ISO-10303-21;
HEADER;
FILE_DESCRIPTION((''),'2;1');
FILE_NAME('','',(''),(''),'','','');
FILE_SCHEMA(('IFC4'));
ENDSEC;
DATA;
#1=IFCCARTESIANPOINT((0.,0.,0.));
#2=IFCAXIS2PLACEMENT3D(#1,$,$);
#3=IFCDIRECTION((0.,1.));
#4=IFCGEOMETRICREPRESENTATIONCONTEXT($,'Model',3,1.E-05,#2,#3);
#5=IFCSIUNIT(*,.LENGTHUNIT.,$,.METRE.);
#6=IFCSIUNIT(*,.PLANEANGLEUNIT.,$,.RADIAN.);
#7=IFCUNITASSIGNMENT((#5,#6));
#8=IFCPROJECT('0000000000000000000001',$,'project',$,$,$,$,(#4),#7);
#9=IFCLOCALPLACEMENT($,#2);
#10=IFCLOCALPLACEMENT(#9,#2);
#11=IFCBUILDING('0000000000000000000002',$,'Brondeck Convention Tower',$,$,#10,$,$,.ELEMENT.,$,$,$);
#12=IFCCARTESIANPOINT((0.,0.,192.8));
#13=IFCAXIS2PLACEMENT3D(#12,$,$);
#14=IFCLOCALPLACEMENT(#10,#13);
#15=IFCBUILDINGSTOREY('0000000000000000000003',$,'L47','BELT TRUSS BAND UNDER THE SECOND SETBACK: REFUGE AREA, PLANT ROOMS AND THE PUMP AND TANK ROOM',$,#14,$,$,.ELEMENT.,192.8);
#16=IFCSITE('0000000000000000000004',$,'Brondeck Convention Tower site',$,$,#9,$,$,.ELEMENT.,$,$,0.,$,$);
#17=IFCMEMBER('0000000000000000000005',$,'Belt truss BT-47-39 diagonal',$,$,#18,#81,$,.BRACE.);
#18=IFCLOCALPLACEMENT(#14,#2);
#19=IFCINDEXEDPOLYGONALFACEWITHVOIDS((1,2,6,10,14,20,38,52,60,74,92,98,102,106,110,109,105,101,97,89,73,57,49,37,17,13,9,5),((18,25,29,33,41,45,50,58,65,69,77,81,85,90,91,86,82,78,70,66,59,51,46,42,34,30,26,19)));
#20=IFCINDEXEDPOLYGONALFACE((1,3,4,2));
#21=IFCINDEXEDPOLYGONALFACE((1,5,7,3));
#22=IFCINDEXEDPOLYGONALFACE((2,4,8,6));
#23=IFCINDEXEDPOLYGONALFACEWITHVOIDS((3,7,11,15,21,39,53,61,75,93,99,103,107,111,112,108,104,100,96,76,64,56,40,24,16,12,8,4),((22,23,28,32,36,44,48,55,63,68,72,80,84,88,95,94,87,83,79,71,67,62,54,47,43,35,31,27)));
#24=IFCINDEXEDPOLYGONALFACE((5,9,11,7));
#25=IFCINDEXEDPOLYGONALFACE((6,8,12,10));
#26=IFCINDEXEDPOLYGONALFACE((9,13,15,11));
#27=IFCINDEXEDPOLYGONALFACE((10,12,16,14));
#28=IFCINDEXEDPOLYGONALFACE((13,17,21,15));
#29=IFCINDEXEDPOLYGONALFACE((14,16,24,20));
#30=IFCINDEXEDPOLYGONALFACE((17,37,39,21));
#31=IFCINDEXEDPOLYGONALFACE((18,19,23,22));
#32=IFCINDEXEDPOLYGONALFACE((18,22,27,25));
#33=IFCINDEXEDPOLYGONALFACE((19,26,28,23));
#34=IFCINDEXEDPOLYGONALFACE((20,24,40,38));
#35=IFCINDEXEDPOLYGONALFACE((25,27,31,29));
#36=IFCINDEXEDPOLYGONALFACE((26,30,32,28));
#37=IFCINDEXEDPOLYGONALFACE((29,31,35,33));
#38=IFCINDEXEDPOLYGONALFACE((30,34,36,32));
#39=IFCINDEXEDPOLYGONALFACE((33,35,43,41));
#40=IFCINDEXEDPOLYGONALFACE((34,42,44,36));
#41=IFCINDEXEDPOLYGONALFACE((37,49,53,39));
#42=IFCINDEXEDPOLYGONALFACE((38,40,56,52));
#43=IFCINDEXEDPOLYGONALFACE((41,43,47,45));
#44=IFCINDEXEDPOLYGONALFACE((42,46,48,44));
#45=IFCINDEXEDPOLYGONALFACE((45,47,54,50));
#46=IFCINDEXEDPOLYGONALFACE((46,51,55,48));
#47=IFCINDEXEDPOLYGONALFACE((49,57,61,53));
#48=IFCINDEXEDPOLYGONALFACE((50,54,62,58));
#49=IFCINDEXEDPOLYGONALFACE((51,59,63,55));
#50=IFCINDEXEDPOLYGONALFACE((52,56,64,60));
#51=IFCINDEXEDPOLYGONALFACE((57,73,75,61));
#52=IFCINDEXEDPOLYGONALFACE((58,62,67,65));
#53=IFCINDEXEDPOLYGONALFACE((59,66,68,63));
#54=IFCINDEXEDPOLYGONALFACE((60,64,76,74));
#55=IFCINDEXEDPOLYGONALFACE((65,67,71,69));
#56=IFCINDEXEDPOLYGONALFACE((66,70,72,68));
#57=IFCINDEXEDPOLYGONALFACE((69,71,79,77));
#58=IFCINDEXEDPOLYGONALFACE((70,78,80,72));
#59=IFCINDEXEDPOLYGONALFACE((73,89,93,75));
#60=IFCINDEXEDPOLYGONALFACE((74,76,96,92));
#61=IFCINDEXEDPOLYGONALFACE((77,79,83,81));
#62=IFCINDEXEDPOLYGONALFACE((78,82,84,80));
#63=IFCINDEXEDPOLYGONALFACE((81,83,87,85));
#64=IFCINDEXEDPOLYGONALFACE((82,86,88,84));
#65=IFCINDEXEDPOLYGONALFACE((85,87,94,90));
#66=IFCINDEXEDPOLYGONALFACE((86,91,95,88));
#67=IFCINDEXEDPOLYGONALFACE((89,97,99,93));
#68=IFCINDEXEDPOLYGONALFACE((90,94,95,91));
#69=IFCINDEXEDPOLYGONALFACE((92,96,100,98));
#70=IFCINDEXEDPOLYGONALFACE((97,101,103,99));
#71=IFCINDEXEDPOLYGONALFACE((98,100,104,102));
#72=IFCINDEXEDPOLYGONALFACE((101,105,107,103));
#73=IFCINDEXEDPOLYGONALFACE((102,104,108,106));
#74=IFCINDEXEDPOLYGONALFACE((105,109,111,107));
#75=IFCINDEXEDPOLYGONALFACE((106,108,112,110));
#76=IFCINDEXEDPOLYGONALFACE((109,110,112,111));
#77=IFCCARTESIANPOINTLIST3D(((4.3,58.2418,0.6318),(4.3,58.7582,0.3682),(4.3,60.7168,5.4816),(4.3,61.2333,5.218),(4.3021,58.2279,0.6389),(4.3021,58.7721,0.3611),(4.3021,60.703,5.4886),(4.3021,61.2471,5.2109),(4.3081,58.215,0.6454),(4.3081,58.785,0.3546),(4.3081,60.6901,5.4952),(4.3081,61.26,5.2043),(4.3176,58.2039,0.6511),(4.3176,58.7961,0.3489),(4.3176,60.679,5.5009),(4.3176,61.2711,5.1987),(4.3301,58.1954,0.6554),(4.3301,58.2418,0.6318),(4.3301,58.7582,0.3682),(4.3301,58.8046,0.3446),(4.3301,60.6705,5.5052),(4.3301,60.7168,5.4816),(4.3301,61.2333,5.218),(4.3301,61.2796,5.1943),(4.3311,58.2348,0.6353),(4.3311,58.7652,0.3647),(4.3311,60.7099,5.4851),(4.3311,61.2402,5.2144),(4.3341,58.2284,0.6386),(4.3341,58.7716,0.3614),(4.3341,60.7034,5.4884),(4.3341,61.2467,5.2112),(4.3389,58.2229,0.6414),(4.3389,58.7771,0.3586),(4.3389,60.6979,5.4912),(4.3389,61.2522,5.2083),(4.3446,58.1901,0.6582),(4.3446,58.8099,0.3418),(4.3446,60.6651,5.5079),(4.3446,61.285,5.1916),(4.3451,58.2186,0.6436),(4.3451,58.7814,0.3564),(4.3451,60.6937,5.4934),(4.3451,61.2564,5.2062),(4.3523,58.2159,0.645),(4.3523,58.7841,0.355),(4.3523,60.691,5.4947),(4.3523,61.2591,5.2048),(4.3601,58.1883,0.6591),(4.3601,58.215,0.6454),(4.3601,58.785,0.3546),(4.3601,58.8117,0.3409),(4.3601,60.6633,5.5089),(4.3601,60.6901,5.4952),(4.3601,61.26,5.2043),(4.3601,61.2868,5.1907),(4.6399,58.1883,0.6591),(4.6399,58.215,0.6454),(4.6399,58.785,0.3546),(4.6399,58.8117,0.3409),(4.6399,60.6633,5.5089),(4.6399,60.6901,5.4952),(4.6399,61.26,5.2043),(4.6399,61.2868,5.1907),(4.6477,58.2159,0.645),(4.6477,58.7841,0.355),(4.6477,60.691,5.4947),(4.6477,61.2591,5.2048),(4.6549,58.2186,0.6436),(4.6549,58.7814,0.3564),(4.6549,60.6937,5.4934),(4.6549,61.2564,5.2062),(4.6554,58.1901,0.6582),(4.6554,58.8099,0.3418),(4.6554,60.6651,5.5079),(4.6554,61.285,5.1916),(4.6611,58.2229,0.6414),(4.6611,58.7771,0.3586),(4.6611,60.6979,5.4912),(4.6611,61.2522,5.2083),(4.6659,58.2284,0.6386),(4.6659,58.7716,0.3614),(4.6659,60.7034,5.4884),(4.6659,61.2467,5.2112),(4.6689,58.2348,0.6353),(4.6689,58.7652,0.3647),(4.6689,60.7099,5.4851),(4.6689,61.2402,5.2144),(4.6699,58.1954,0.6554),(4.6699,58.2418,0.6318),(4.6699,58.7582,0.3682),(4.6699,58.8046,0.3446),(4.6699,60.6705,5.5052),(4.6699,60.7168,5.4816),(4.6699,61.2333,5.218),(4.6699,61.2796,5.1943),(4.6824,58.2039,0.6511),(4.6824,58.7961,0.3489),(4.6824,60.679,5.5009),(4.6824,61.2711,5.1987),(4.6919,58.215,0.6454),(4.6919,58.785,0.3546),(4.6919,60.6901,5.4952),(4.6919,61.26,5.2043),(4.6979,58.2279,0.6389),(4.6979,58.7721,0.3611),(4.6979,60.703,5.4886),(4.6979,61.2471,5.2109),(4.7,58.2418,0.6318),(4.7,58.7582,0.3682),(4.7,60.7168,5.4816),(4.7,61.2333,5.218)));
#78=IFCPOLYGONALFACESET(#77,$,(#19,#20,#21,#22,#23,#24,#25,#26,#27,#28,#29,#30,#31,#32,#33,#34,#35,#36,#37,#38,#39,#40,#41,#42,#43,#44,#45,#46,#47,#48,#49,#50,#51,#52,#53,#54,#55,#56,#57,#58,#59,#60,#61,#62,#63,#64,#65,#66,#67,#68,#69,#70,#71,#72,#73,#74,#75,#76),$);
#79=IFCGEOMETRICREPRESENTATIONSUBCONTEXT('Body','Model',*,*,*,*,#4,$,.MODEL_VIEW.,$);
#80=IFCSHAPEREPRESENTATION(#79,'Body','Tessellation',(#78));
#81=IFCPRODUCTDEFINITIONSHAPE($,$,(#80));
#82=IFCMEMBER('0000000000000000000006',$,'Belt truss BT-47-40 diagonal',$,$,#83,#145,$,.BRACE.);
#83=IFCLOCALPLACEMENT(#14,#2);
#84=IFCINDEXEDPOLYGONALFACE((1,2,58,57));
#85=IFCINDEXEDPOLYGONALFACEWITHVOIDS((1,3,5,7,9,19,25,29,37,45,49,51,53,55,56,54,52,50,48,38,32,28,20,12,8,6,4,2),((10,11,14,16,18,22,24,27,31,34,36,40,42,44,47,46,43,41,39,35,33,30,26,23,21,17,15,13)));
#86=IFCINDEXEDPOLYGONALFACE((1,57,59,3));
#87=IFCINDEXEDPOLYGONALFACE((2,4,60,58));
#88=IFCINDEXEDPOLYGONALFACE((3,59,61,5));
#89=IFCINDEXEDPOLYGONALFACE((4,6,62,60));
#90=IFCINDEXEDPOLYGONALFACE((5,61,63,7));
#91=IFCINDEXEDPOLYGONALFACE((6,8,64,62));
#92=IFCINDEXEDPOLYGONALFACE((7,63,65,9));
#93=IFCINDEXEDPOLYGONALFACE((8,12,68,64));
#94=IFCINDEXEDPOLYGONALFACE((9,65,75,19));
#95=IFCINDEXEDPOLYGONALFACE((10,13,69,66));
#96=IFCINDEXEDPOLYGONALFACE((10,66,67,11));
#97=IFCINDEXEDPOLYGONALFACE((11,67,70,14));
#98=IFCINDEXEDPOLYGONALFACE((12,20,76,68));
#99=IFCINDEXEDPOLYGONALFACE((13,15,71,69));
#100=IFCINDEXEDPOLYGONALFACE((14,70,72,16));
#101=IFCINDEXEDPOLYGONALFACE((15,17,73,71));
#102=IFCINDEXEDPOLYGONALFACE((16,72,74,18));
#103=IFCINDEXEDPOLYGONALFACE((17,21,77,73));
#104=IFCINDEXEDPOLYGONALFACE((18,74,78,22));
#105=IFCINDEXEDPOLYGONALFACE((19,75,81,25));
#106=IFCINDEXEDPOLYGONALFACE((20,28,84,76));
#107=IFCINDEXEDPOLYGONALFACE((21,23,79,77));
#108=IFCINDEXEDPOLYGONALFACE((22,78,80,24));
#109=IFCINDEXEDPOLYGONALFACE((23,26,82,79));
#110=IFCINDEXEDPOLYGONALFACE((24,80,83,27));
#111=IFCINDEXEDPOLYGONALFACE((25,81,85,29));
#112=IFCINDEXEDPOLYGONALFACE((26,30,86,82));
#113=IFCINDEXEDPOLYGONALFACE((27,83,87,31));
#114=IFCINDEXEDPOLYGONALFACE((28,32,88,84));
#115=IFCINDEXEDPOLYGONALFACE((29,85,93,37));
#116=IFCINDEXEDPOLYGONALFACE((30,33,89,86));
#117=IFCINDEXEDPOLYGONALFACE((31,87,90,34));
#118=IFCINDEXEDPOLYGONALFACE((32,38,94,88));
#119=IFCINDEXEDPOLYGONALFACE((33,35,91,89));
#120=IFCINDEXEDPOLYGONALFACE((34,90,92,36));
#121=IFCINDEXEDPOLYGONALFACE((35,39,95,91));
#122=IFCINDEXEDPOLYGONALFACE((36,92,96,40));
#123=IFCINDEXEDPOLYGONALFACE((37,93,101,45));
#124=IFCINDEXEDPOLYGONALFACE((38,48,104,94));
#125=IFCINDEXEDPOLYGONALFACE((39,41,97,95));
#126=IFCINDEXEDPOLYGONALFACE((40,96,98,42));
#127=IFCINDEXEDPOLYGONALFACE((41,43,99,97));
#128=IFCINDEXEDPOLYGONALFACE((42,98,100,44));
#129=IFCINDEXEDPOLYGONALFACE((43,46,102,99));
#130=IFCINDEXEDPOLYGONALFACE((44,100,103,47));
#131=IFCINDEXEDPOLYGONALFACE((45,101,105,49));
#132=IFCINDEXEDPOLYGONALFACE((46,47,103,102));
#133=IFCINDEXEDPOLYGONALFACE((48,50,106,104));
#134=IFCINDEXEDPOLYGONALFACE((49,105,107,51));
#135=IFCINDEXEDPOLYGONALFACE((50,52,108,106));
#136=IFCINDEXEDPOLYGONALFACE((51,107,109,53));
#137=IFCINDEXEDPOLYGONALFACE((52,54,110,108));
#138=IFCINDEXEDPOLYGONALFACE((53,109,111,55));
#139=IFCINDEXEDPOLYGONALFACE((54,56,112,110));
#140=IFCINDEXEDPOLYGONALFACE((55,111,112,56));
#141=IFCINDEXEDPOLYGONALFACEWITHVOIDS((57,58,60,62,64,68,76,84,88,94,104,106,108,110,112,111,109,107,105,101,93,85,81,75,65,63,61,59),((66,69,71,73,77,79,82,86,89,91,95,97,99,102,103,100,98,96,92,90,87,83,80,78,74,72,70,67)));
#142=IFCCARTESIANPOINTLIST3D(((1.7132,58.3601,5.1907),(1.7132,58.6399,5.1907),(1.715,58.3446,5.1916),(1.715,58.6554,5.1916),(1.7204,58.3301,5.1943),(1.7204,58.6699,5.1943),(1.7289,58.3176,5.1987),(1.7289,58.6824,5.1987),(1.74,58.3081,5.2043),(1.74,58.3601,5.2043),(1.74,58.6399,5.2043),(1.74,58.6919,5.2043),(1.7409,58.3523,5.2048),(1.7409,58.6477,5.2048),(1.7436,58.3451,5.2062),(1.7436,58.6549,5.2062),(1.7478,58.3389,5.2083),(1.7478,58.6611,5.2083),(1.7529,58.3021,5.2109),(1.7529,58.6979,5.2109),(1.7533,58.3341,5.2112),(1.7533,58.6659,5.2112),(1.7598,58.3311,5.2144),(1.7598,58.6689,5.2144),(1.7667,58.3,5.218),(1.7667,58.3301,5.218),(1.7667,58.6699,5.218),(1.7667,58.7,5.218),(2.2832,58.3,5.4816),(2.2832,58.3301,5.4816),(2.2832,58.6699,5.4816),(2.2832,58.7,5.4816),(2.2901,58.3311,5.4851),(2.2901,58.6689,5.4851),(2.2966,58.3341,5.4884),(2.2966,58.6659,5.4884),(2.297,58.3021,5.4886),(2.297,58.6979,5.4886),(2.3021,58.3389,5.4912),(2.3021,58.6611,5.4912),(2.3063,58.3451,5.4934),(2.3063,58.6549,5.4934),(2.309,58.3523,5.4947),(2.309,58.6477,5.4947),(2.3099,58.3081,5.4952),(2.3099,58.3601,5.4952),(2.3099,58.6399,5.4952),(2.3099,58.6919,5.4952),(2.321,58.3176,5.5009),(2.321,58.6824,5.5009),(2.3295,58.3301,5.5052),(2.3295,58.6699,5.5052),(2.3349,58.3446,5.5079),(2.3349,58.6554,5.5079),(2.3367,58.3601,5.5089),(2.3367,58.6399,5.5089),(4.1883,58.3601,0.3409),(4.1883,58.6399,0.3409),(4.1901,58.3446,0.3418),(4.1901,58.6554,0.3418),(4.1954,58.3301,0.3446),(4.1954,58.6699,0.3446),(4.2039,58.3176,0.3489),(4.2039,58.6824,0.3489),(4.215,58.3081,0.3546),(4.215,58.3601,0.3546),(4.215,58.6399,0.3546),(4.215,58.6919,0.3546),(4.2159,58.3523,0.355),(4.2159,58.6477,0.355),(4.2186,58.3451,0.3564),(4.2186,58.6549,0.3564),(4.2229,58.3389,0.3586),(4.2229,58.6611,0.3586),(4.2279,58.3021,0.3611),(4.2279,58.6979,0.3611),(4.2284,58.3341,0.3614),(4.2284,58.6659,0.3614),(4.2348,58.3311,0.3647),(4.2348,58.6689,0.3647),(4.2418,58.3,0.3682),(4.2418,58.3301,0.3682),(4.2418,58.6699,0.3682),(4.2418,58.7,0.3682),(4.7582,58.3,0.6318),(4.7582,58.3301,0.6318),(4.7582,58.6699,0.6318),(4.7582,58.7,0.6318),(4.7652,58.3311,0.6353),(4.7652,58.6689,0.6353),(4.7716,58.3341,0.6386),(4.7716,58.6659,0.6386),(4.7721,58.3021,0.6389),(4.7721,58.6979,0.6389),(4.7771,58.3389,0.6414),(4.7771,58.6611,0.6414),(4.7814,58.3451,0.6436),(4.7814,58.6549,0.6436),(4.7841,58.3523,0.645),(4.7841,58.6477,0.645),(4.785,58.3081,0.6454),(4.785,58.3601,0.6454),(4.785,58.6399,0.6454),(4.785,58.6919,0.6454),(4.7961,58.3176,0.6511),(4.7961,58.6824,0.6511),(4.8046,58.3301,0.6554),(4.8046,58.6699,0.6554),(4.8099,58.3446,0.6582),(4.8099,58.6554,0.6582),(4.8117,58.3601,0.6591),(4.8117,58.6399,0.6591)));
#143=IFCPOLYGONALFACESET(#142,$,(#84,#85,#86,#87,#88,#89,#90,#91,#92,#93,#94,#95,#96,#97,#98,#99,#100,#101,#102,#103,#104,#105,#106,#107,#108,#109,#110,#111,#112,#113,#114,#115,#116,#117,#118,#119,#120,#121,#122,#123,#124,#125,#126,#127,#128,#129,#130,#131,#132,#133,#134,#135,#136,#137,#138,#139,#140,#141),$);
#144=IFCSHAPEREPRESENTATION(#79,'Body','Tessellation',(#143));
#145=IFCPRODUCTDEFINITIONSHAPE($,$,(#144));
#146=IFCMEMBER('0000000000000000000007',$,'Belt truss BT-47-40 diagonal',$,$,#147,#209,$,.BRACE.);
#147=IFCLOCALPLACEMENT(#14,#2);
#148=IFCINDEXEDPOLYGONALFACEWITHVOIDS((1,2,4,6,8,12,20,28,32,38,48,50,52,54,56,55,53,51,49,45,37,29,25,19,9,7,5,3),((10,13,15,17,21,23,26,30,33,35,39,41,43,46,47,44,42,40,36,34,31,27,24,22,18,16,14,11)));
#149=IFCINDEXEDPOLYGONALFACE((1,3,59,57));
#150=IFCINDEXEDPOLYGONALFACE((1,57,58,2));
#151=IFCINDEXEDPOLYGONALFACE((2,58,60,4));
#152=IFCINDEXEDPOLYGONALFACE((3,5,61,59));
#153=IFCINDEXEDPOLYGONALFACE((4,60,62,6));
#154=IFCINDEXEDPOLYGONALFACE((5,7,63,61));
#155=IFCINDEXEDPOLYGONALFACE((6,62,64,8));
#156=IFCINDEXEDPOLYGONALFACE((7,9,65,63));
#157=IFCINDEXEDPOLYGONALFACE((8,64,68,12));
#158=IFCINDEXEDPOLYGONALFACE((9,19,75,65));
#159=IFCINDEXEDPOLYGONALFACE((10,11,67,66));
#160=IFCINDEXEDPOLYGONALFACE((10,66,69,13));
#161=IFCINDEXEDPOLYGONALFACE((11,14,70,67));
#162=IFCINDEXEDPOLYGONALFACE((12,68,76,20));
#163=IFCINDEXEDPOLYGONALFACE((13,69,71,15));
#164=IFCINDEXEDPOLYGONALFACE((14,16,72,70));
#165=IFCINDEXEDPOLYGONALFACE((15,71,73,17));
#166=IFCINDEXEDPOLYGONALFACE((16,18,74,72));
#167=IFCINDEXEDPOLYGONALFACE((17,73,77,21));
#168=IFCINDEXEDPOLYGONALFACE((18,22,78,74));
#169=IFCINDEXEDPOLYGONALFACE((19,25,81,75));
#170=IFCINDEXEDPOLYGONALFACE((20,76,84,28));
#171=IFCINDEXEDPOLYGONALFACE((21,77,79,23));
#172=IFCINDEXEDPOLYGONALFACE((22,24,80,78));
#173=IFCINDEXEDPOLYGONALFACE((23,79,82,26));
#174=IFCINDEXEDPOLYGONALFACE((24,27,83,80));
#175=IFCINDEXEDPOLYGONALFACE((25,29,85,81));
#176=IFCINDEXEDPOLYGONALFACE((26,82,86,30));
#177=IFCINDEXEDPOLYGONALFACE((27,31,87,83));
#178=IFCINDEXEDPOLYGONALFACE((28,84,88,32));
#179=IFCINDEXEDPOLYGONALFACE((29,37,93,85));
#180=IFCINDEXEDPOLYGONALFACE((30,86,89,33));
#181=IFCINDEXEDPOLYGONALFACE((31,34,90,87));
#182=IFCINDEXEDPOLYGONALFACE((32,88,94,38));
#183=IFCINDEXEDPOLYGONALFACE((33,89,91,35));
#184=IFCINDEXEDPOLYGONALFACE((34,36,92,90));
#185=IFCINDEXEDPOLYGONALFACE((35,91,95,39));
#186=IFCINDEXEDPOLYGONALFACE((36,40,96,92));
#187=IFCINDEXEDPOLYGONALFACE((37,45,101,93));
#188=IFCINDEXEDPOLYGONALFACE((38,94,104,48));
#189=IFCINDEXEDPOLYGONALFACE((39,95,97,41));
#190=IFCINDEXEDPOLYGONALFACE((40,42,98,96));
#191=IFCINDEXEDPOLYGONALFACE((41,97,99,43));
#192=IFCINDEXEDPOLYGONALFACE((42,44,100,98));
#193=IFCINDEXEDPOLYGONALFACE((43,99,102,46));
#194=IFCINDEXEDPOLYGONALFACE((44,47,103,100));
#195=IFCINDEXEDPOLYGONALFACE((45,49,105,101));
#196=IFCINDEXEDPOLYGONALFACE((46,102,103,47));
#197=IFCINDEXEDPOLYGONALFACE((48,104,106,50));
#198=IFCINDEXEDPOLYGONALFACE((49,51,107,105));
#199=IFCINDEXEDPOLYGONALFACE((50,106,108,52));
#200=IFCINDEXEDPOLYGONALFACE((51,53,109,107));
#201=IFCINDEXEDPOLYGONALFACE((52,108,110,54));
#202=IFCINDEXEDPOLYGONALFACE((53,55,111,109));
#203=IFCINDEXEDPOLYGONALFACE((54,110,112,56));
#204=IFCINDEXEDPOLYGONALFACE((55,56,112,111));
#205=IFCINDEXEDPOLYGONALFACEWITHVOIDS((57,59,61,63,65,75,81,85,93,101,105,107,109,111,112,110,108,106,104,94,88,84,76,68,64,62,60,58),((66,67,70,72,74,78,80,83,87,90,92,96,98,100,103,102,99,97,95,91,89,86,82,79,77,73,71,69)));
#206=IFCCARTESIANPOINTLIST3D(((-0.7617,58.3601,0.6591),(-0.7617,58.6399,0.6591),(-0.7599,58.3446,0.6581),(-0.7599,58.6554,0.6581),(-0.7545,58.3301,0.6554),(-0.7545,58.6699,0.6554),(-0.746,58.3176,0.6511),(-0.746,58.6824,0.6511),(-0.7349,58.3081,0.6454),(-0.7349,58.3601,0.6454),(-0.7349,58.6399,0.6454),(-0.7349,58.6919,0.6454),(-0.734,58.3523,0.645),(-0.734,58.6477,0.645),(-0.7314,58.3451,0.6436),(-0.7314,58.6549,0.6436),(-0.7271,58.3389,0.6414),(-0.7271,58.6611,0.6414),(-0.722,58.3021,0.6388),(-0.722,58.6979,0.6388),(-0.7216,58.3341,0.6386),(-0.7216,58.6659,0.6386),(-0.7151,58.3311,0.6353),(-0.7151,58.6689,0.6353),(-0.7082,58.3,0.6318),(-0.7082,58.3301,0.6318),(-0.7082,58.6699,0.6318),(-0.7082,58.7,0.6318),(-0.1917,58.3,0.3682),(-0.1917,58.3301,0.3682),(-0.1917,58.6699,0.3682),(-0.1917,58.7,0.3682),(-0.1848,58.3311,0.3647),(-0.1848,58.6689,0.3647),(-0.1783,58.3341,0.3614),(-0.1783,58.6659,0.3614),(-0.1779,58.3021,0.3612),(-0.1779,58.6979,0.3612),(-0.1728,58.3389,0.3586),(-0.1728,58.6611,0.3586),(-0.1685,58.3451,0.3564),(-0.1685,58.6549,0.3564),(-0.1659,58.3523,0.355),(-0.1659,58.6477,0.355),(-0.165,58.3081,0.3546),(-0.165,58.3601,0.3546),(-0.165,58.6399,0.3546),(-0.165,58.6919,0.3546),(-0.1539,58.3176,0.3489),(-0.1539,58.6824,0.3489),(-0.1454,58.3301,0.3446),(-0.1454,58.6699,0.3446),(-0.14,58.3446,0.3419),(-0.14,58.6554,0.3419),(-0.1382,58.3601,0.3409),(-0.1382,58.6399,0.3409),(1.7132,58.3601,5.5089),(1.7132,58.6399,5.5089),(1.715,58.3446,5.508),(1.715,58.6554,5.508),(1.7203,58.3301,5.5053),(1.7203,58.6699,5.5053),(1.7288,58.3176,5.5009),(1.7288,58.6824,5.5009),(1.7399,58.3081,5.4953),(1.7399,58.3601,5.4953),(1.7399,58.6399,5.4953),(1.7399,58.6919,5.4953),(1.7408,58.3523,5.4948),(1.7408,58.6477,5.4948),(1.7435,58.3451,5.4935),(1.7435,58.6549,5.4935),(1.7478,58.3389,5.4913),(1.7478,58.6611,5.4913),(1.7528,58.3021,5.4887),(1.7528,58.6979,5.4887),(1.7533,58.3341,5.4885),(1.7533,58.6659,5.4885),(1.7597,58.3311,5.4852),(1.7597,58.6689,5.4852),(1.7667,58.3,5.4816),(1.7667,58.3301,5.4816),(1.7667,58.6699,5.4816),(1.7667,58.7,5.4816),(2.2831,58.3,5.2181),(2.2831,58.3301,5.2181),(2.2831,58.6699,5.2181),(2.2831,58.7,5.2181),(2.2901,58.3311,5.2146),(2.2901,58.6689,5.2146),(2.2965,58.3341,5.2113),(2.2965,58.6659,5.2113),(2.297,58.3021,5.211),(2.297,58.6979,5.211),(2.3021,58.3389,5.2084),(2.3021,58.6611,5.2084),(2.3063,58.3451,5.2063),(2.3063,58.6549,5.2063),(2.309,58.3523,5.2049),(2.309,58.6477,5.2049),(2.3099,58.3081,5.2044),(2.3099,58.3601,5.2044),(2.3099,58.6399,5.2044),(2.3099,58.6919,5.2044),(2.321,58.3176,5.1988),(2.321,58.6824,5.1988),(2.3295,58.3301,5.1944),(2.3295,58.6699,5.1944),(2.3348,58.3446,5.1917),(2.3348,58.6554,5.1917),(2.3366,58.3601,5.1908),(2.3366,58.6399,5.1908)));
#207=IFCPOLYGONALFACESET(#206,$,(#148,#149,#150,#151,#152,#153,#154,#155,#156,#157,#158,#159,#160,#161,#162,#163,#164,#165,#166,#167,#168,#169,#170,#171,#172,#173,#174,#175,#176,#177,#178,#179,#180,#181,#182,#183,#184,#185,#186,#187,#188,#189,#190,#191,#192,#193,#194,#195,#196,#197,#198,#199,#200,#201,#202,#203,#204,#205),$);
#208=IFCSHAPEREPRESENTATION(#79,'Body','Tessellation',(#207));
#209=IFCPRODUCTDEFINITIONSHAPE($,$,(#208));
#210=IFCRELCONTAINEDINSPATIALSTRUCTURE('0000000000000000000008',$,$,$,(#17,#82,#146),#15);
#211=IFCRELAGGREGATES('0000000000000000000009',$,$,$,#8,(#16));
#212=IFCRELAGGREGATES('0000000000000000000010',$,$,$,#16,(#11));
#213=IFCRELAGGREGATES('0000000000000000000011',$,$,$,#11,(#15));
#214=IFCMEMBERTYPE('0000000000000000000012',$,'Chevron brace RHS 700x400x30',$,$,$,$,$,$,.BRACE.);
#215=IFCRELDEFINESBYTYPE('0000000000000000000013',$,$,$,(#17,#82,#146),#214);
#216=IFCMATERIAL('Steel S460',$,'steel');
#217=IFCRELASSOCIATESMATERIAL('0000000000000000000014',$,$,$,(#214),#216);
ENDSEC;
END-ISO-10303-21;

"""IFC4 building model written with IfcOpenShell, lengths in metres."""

from ifc_helpers import new_model, si_unit, direction, frame, origin, origin_2d, place, context, subcontext, project, spatial, hollow_rectangle, extrude, material, material_profile, profile_set, type_object, element, save


model = new_model("IFC4")

# Units and contexts
model_context = context("Model", 3, precision=1e-05, world=origin(), true_north=direction((0.0, 1.0)))
body_context = subcontext(model_context, "Body", "Model", "MODEL_VIEW")
ifc_project = project(units=[si_unit("LENGTHUNIT", "METRE"), si_unit("PLANEANGLEUNIT", "RADIAN")], contexts=[model_context])

# Site, building, storey
site_placement = place(None, origin())
site = spatial("IfcSite", under=ifc_project, at=site_placement, Name="Brondeck Convention Tower site", CompositionType="ELEMENT", RefElevation=0.0)
building_placement = place(site_placement, origin())
building = spatial("IfcBuilding", under=site, at=building_placement, Name="Brondeck Convention Tower", CompositionType="ELEMENT")
storey_placement = place(building_placement, frame((0.0, 0.0, 192.8)))
storey = spatial("IfcBuildingStorey", under=building, at=storey_placement, Name="L47", Description="BELT TRUSS BAND UNDER THE SECOND SETBACK: REFUGE AREA, PLANT ROOMS AND THE PUMP AND TANK ROOM", CompositionType="ELEMENT", Elevation=192.8)

# Members
ifc_material_1 = material(Name="Steel S460", Category="steel")
ifc_material_profile_1 = material_profile(ifc_material_1, hollow_rectangle(XDim=0.3999, YDim=0.7, WallThickness=0.03, InnerFilletRadius=0.03, OuterFilletRadius=0.0601, at=origin_2d()), Name="RHS 700x400x30")
ifc_profile_set_1 = profile_set([ifc_material_profile_1], Name="Steel S460")
member_type_1 = type_object("IfcMemberType", Name="Chevron brace RHS 700x400x30", PredefinedType="BRACE", material=ifc_profile_set_1)
for number, where, z_axis, x_axis, name in (
    (1, (4.5, 58.5, 0.5), (0.0, 0.45457, 0.890711), (-1.0, 0.0, 0.0), "Belt truss BT-47-39 diagonal"),
    (2, (4.5, 58.5, 0.5), (-0.45457, 0.0, 0.890711), (0.0, -1.0, 0.0), "Belt truss BT-47-40 diagonal"),
    (3, (-0.45, 58.5, 0.5), (0.454534, 0.0, 0.890729), (0.0, 1.0, 0.0), "Belt truss BT-47-40 diagonal"),
):
    element("IfcMember", number, at=place(storey_placement, frame(where, z_axis=z_axis, x_axis=x_axis)), inside=storey, type_object=member_type_1, Name=name, PredefinedType="BRACE", context=body_context, shape_type="SweptSolid", body=[
        extrude(hollow_rectangle(XDim=0.3999, YDim=0.7, WallThickness=0.03, InnerFilletRadius=0.03, OuterFilletRadius=0.0601, at=origin_2d()), origin(), (0.0, 0.0, 1.0), 5.4448),
    ])

save(model, "model.ifc")
